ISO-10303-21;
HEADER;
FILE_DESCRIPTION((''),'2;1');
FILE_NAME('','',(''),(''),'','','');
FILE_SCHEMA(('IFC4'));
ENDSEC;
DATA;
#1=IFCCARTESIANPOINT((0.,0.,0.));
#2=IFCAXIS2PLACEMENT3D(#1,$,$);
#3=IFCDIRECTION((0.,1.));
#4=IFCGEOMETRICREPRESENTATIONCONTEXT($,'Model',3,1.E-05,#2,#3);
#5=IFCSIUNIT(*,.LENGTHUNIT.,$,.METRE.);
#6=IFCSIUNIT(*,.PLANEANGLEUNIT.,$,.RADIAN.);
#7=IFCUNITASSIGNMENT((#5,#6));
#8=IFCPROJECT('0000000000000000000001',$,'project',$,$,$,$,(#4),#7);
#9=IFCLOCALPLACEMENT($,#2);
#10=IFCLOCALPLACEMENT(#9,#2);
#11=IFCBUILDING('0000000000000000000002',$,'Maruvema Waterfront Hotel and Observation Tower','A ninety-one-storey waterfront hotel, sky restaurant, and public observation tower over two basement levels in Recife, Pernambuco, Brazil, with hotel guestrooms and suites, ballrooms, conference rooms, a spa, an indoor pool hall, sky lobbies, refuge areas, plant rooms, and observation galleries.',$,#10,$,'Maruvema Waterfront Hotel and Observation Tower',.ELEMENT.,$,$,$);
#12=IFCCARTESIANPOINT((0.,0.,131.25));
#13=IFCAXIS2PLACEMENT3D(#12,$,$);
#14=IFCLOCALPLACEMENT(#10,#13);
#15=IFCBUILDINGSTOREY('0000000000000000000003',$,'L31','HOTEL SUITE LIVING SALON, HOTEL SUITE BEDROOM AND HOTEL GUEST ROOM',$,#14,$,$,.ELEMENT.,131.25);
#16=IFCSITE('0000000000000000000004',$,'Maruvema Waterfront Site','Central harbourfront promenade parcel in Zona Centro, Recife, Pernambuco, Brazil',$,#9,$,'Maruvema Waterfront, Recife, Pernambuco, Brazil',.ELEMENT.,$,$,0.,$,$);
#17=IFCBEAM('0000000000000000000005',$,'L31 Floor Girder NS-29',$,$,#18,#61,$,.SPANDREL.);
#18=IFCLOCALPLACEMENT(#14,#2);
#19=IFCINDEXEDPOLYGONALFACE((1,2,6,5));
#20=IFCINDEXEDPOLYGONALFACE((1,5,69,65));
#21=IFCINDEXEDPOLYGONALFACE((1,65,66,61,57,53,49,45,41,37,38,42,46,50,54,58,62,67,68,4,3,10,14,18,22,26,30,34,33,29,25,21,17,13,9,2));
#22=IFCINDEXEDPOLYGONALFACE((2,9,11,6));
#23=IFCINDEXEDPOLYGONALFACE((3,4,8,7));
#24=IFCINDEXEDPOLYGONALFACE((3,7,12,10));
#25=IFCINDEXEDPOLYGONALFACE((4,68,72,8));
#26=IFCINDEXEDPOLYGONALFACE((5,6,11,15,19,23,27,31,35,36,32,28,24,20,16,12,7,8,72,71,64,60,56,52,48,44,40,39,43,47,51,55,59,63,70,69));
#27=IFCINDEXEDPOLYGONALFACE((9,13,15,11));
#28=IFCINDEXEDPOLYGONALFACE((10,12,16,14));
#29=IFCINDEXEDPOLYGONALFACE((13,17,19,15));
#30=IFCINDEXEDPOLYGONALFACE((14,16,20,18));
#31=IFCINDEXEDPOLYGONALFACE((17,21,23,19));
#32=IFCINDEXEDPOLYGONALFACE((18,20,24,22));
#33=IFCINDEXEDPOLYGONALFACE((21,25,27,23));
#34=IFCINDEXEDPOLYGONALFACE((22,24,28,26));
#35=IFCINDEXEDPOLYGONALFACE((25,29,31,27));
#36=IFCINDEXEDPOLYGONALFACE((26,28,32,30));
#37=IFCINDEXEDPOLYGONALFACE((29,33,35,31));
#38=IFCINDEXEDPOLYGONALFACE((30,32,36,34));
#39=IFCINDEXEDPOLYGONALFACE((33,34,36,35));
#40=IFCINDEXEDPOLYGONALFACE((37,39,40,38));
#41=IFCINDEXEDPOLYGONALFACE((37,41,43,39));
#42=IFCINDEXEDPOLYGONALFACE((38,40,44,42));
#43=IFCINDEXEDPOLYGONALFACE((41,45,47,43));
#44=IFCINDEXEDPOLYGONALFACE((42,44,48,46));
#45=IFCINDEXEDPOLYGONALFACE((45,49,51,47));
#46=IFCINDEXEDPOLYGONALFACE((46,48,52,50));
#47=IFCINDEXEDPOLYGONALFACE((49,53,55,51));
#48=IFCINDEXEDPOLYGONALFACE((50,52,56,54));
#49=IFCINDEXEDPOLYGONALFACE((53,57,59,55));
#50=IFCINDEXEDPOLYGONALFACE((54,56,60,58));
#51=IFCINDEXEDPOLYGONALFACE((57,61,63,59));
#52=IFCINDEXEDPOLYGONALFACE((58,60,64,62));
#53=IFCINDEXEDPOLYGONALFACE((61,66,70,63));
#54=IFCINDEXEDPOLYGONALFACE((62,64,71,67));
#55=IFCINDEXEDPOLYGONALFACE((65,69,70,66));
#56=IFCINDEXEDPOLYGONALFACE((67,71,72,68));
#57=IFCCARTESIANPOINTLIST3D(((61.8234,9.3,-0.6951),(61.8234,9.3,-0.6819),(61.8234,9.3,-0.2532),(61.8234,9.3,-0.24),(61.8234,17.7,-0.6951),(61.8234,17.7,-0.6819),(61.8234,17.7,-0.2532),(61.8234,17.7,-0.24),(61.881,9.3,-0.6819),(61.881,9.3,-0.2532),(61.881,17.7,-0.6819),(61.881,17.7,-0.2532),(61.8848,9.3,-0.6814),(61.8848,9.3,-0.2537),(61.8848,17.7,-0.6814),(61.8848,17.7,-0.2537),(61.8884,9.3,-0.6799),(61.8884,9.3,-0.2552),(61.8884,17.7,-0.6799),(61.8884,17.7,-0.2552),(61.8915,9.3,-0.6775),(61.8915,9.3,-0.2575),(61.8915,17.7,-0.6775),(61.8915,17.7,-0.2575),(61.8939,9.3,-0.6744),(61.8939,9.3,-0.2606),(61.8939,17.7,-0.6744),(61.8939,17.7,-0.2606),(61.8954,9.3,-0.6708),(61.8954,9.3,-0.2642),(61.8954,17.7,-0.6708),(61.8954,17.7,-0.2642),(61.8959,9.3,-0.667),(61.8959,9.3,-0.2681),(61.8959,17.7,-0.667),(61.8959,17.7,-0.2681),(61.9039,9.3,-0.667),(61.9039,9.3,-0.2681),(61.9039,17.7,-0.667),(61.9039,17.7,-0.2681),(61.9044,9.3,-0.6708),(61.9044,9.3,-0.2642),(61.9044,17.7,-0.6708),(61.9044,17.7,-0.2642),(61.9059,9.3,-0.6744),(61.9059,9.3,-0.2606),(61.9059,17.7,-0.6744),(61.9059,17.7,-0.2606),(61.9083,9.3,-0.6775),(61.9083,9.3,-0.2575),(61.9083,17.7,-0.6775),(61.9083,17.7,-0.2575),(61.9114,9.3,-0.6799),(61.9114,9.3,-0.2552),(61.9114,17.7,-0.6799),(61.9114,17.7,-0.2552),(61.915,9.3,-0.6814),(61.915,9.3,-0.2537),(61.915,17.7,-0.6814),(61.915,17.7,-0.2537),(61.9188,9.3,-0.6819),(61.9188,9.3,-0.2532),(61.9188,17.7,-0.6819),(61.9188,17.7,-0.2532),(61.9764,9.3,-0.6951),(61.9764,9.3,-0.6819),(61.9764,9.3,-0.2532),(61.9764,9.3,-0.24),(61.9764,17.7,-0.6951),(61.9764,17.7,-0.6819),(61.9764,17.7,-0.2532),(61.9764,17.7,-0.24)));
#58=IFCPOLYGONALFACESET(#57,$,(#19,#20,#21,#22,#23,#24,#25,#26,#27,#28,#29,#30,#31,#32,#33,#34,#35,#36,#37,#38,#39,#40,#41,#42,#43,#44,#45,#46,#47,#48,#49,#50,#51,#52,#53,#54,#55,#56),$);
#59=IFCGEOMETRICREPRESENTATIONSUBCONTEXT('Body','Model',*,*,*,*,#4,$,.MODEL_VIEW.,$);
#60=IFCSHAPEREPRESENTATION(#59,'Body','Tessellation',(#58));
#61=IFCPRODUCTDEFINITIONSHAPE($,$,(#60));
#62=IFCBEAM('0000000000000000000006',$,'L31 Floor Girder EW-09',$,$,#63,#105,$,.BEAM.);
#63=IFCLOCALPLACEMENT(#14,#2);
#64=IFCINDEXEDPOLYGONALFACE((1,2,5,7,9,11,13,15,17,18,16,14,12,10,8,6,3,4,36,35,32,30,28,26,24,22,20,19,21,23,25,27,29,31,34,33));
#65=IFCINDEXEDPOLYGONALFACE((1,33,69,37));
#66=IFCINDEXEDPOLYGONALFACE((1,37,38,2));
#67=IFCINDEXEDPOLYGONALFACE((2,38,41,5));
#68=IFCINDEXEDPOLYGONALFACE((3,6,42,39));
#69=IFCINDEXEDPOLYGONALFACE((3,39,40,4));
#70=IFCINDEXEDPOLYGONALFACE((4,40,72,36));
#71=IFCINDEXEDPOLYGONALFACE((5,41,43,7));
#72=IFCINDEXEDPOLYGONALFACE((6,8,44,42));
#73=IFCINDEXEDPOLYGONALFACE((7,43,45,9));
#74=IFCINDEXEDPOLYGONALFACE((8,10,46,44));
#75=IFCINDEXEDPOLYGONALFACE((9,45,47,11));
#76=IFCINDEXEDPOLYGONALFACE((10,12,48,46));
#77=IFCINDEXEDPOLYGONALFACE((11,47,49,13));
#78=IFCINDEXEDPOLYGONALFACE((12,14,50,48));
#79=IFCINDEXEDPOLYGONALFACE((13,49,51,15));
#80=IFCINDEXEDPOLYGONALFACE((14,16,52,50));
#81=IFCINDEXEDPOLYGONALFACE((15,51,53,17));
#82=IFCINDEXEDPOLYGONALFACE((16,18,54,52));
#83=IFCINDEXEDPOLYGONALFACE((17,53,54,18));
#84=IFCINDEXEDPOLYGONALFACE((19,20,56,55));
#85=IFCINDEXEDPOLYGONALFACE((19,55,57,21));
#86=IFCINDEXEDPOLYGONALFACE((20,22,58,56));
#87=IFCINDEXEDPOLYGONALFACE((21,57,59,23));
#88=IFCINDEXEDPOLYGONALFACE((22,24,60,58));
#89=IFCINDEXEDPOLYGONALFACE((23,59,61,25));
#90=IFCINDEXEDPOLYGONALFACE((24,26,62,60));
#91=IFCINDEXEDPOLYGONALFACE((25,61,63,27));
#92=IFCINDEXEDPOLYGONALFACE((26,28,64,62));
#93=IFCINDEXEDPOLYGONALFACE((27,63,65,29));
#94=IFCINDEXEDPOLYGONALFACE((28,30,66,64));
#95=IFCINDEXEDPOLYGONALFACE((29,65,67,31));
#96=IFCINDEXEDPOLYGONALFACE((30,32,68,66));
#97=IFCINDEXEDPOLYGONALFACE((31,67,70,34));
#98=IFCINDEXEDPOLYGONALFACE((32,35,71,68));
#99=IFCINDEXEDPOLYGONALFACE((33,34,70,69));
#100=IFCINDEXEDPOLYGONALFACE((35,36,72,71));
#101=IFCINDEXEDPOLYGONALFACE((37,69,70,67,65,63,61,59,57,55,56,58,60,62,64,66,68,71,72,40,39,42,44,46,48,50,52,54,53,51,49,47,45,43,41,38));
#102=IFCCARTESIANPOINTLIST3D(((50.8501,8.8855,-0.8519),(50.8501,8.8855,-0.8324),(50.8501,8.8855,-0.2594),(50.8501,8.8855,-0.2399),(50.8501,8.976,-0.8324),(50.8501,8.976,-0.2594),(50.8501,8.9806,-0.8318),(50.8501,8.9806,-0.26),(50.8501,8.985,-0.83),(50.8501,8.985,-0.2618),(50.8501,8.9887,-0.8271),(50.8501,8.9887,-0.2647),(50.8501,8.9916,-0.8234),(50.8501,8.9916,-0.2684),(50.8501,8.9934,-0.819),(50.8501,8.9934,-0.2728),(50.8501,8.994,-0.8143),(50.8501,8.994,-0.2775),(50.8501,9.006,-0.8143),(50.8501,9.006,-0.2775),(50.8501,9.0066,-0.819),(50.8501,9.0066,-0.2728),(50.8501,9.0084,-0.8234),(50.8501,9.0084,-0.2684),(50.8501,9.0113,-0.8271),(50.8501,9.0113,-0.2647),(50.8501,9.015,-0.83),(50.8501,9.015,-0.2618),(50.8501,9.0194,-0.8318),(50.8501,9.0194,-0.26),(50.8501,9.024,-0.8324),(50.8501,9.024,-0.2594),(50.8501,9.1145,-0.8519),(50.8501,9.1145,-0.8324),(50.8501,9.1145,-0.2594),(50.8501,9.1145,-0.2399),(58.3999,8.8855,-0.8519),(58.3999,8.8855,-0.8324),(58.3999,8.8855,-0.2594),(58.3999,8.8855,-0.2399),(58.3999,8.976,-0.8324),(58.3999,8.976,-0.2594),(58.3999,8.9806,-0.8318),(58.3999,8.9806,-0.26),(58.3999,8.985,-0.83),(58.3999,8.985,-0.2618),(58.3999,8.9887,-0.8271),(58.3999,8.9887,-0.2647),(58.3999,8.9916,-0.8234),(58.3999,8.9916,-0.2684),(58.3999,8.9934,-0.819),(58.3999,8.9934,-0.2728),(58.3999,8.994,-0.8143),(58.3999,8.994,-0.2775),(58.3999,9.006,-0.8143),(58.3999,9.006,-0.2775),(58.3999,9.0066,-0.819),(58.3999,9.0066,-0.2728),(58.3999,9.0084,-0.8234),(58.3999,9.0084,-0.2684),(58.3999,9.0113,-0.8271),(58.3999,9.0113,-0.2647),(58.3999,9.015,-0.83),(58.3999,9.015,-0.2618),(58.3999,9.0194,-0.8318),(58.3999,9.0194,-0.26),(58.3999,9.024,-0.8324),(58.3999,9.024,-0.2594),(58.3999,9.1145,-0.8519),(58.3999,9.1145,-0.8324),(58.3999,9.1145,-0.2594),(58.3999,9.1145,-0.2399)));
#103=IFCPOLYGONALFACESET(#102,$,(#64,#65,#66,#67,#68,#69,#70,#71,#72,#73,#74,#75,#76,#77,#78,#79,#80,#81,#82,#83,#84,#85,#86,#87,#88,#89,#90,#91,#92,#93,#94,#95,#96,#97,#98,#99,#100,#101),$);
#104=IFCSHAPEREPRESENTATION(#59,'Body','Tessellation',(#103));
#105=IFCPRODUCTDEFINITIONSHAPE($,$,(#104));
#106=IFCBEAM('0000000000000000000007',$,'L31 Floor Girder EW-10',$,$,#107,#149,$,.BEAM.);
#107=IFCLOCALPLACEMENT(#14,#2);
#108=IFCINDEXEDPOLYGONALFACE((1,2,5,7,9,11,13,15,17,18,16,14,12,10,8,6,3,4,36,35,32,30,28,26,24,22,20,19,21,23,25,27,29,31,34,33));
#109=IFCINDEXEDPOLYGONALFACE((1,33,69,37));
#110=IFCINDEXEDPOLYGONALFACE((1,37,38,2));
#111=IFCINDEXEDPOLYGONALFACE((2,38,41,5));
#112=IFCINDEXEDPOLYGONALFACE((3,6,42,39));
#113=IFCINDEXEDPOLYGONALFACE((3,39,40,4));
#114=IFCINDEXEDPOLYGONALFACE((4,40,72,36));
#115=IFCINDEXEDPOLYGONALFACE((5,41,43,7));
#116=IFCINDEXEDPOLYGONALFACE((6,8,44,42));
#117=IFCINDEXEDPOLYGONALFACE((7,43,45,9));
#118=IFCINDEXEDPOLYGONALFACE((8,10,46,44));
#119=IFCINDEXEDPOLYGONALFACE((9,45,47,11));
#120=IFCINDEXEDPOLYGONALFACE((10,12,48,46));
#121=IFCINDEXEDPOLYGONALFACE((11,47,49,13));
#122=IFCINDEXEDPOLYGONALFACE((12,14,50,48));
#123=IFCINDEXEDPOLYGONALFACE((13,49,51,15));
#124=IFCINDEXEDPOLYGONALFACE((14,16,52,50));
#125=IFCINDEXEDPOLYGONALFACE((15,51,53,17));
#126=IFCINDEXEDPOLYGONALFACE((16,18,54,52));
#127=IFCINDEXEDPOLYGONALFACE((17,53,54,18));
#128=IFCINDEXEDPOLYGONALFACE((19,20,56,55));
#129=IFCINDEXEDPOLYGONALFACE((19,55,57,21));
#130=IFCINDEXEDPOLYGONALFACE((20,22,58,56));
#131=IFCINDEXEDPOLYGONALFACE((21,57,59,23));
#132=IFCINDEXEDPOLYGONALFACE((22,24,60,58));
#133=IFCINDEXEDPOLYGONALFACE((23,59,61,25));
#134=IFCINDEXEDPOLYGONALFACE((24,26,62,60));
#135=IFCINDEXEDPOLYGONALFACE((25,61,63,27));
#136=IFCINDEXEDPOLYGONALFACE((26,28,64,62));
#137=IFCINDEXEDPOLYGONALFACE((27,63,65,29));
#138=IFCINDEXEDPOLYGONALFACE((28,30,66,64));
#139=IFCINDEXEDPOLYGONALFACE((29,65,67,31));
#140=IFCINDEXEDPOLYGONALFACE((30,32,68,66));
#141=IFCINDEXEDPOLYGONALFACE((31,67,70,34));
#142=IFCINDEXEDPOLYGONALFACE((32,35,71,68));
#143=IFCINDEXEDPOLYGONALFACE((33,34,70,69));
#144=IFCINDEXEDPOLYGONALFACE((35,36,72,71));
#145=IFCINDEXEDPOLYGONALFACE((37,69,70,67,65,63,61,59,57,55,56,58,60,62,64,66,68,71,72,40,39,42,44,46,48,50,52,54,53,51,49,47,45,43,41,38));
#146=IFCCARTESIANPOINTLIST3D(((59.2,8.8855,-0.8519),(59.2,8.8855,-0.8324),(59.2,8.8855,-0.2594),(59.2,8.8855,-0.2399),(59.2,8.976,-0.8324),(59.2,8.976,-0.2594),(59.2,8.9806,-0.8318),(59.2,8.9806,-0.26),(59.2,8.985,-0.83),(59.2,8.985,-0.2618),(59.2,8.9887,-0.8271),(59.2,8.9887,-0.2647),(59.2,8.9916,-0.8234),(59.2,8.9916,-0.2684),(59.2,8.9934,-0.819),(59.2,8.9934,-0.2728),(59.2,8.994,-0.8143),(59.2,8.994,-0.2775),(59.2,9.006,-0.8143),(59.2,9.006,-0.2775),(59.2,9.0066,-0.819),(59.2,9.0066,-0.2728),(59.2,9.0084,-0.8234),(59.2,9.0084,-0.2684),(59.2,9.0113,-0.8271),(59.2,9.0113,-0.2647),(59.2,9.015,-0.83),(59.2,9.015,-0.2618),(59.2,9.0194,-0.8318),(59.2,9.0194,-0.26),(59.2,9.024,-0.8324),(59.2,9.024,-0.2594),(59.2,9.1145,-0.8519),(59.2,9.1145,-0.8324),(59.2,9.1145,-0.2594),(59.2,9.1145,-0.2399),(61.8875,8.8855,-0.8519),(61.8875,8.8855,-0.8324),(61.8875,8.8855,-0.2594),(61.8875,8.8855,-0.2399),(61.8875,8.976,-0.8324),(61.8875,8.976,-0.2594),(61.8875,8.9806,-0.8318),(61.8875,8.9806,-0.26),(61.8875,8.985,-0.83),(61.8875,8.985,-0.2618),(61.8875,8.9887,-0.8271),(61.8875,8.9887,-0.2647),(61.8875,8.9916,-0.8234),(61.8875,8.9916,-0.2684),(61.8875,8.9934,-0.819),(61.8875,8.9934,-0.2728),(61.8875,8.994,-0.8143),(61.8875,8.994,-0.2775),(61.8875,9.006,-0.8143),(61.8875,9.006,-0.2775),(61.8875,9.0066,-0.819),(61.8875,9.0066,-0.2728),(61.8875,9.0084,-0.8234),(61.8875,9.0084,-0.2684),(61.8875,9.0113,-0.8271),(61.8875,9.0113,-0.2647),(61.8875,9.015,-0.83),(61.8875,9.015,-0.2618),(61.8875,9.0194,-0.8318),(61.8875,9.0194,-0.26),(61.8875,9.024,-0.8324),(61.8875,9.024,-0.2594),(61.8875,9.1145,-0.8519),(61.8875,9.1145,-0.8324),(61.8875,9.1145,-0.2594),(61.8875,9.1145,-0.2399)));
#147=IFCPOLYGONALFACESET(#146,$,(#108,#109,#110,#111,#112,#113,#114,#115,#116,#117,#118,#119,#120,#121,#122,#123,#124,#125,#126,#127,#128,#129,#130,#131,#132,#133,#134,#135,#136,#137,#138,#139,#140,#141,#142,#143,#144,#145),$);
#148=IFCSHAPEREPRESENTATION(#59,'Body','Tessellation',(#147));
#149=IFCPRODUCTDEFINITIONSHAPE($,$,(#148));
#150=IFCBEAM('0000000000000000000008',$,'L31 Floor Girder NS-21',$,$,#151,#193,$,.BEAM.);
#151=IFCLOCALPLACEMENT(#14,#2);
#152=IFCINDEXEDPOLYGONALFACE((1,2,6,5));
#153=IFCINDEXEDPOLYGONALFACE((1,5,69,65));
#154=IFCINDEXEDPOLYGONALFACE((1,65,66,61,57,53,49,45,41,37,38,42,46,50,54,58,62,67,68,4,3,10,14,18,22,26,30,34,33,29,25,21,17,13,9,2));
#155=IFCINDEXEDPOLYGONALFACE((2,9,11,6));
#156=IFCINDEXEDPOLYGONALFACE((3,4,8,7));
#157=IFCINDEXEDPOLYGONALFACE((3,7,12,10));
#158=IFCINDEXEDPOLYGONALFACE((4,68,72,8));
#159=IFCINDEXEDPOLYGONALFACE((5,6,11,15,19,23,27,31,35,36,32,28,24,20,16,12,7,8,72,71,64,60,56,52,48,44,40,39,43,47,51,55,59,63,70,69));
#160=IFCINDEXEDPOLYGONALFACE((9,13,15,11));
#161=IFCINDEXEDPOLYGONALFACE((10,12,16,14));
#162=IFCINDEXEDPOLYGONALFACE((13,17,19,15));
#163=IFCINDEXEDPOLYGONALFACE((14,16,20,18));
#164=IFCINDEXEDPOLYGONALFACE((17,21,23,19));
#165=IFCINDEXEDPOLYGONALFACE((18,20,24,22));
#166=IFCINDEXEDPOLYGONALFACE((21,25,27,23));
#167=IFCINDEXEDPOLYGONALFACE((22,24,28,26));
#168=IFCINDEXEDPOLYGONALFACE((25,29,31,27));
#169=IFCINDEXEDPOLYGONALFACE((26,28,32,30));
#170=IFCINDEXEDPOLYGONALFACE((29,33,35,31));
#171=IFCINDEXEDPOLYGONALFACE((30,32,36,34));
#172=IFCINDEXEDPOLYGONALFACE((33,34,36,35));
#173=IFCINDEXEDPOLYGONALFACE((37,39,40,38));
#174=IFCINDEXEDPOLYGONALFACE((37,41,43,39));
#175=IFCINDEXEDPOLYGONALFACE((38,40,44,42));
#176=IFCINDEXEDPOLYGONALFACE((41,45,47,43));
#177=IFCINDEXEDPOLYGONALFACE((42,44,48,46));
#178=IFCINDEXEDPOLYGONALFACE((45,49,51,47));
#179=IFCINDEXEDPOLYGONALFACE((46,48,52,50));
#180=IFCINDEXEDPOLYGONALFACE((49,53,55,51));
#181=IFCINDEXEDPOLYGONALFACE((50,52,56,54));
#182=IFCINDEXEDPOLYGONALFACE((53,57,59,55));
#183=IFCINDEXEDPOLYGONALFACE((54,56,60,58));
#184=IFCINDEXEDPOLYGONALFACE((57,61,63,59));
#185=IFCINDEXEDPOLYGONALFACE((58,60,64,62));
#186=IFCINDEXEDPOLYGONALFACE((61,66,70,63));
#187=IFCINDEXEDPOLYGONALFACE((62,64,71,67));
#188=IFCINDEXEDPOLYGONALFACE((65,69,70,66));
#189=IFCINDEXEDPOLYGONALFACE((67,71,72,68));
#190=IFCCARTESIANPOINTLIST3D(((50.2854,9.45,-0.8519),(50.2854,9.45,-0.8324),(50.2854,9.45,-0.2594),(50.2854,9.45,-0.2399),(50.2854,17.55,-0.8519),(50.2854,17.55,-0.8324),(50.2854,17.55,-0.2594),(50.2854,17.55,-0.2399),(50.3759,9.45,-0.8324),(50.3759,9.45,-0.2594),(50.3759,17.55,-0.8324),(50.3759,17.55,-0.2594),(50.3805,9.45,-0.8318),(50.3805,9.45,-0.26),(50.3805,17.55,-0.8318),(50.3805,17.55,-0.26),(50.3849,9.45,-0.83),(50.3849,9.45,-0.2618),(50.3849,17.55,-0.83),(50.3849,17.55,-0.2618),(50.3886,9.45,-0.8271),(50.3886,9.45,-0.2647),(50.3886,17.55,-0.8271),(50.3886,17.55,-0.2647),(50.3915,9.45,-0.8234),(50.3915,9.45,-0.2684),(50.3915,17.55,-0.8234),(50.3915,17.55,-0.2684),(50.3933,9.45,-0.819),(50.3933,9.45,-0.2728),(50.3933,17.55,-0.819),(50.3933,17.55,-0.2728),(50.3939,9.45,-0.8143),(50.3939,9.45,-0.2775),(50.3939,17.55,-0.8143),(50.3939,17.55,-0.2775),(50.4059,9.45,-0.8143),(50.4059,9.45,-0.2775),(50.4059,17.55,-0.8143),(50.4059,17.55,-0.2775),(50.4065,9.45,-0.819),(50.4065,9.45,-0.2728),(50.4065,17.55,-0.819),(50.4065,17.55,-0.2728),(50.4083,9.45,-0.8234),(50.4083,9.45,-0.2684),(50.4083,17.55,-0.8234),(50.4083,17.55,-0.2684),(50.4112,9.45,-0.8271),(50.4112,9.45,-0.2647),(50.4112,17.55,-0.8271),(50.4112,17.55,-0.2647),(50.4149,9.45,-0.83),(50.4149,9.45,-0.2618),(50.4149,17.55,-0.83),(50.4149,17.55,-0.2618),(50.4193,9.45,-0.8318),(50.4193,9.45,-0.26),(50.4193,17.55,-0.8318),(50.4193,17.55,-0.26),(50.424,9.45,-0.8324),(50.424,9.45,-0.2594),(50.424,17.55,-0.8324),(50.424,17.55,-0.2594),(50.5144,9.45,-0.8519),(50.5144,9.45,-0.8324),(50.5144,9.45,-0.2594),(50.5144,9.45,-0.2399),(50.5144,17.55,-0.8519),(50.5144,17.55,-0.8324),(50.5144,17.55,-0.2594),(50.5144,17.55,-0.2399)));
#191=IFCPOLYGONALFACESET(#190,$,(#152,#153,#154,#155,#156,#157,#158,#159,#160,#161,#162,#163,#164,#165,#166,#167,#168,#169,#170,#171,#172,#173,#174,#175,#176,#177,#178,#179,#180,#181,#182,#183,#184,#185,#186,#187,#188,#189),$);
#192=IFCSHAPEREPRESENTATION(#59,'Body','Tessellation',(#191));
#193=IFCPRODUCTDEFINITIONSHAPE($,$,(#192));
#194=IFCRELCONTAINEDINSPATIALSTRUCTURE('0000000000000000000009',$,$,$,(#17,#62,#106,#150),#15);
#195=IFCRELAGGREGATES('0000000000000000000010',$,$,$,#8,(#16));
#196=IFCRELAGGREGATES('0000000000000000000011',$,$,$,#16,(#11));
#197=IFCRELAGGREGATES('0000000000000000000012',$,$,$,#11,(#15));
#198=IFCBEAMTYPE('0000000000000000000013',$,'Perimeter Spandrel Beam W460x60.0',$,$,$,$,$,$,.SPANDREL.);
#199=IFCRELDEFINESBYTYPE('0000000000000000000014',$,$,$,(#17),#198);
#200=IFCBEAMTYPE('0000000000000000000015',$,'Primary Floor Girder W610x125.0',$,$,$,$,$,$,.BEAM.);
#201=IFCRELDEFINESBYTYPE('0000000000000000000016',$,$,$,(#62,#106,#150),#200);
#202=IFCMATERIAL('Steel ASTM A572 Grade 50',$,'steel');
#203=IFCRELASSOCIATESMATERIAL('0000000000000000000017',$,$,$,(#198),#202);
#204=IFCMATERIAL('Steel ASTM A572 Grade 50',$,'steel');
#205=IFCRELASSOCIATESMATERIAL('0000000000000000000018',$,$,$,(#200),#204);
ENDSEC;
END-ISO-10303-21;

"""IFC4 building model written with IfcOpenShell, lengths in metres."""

from ifc_helpers import new_model, si_unit, direction, frame, origin, origin_2d, place, context, subcontext, project, spatial, i_section, extrude, material, material_profile, profile_set, type_object, element, save


model = new_model("IFC4")

# Units and contexts
model_context = context("Model", 3, precision=1e-05, world=origin(), true_north=direction((0.0, 1.0)))
body_context = subcontext(model_context, "Body", "Model", "MODEL_VIEW")
ifc_project = project(units=[si_unit("LENGTHUNIT", "METRE"), si_unit("PLANEANGLEUNIT", "RADIAN")], contexts=[model_context])

# Site, building, storey
site_placement = place(None, origin())
site = spatial("IfcSite", under=ifc_project, at=site_placement, Name="Maruvema Waterfront Site", Description="Central harbourfront promenade parcel in Zona Centro, Recife, Pernambuco, Brazil", LongName="Maruvema Waterfront, Recife, Pernambuco, Brazil", CompositionType="ELEMENT", RefElevation=0.0)
building_placement = place(site_placement, origin())
building = spatial("IfcBuilding", under=site, at=building_placement, Name="Maruvema Waterfront Hotel and Observation Tower", Description="A ninety-one-storey waterfront hotel, sky restaurant, and public observation tower over two basement levels in Recife, Pernambuco, Brazil, with hotel guestrooms and suites, ballrooms, conference rooms, a spa, an indoor pool hall, sky lobbies, refuge areas, plant rooms, and observation galleries.", LongName="Maruvema Waterfront Hotel and Observation Tower", CompositionType="ELEMENT")
storey_placement = place(building_placement, frame((0.0, 0.0, 131.25)))
storey = spatial("IfcBuildingStorey", under=building, at=storey_placement, Name="L31", Description="HOTEL SUITE LIVING SALON, HOTEL SUITE BEDROOM AND HOTEL GUEST ROOM", CompositionType="ELEMENT", Elevation=131.25)

# Beams
ifc_material_1 = material(Name="Steel ASTM A572 Grade 50", Category="steel")
ifc_material_profile_1 = material_profile(ifc_material_1, i_section(OverallWidth=0.1531, OverallDepth=0.4551, WebThickness=0.0081, FlangeThickness=0.0132, FilletRadius=0.0149, at=origin_2d()), Name="W460x60.0")
ifc_profile_set_1 = profile_set([ifc_material_profile_1], Name="Steel ASTM A572 Grade 50")
beam_type_1 = type_object("IfcBeamType", Name="Perimeter Spandrel Beam W460x60.0", PredefinedType="SPANDREL", material=ifc_profile_set_1)
beam_1_placement = place(storey_placement, frame((61.8999, 9.3, -0.4675), z_axis=(0.0, 1.0, 0.0), x_axis=(-1.0, 0.0, 0.0)))
element("IfcBeam", 1, at=beam_1_placement, inside=storey, type_object=beam_type_1, Name="L31 Floor Girder NS-29", PredefinedType="SPANDREL", context=body_context, shape_type="SweptSolid", body=[
    extrude(i_section(OverallWidth=0.1531, OverallDepth=0.4551, WebThickness=0.0081, FlangeThickness=0.0132, FilletRadius=0.0149, at=origin_2d()), origin(), (0.0, 0.0, 1.0), 8.3999),
])
ifc_material_2 = material(Name="Steel ASTM A572 Grade 50", Category="steel")
ifc_material_profile_2 = material_profile(ifc_material_2, i_section(OverallWidth=0.229, OverallDepth=0.6121, WebThickness=0.012, FlangeThickness=0.0195, FilletRadius=0.0181, at=origin_2d()), Name="W610x125.0")
ifc_profile_set_2 = profile_set([ifc_material_profile_2], Name="Steel ASTM A572 Grade 50")
beam_type_2 = type_object("IfcBeamType", Name="Primary Floor Girder W610x125.0", PredefinedType="BEAM", material=ifc_profile_set_2)
beam_2_placement = place(storey_placement, frame((50.8501, 9.0, -0.5459), z_axis=(1.0, 0.0, 0.0), x_axis=(0.0, 1.0, 0.0)))
element("IfcBeam", 2, at=beam_2_placement, inside=storey, type_object=beam_type_2, Name="L31 Floor Girder EW-09", PredefinedType="BEAM", context=body_context, shape_type="SweptSolid", body=[
    extrude(i_section(OverallWidth=0.229, OverallDepth=0.6121, WebThickness=0.012, FlangeThickness=0.0195, FilletRadius=0.0181, at=origin_2d()), origin(), (0.0, 0.0, 1.0), 7.5498),
])
beam_3_placement = place(storey_placement, frame((59.2, 9.0, -0.5459), z_axis=(1.0, 0.0, 0.0), x_axis=(0.0, 1.0, 0.0)))
element("IfcBeam", 3, at=beam_3_placement, inside=storey, type_object=beam_type_2, Name="L31 Floor Girder EW-10", PredefinedType="BEAM", context=body_context, shape_type="SweptSolid", body=[
    extrude(i_section(OverallWidth=0.229, OverallDepth=0.6121, WebThickness=0.012, FlangeThickness=0.0195, FilletRadius=0.0181, at=origin_2d()), origin(), (0.0, 0.0, 1.0), 2.6875),
])
beam_4_placement = place(storey_placement, frame((50.3999, 9.45, -0.5459), z_axis=(0.0, 1.0, 0.0), x_axis=(-1.0, 0.0, 0.0)))
element("IfcBeam", 4, at=beam_4_placement, inside=storey, type_object=beam_type_2, Name="L31 Floor Girder NS-21", PredefinedType="BEAM", context=body_context, shape_type="SweptSolid", body=[
    extrude(i_section(OverallWidth=0.229, OverallDepth=0.6121, WebThickness=0.012, FlangeThickness=0.0195, FilletRadius=0.0181, at=origin_2d()), origin(), (0.0, 0.0, 1.0), 8.1001),
])

save(model, "model.ifc")
